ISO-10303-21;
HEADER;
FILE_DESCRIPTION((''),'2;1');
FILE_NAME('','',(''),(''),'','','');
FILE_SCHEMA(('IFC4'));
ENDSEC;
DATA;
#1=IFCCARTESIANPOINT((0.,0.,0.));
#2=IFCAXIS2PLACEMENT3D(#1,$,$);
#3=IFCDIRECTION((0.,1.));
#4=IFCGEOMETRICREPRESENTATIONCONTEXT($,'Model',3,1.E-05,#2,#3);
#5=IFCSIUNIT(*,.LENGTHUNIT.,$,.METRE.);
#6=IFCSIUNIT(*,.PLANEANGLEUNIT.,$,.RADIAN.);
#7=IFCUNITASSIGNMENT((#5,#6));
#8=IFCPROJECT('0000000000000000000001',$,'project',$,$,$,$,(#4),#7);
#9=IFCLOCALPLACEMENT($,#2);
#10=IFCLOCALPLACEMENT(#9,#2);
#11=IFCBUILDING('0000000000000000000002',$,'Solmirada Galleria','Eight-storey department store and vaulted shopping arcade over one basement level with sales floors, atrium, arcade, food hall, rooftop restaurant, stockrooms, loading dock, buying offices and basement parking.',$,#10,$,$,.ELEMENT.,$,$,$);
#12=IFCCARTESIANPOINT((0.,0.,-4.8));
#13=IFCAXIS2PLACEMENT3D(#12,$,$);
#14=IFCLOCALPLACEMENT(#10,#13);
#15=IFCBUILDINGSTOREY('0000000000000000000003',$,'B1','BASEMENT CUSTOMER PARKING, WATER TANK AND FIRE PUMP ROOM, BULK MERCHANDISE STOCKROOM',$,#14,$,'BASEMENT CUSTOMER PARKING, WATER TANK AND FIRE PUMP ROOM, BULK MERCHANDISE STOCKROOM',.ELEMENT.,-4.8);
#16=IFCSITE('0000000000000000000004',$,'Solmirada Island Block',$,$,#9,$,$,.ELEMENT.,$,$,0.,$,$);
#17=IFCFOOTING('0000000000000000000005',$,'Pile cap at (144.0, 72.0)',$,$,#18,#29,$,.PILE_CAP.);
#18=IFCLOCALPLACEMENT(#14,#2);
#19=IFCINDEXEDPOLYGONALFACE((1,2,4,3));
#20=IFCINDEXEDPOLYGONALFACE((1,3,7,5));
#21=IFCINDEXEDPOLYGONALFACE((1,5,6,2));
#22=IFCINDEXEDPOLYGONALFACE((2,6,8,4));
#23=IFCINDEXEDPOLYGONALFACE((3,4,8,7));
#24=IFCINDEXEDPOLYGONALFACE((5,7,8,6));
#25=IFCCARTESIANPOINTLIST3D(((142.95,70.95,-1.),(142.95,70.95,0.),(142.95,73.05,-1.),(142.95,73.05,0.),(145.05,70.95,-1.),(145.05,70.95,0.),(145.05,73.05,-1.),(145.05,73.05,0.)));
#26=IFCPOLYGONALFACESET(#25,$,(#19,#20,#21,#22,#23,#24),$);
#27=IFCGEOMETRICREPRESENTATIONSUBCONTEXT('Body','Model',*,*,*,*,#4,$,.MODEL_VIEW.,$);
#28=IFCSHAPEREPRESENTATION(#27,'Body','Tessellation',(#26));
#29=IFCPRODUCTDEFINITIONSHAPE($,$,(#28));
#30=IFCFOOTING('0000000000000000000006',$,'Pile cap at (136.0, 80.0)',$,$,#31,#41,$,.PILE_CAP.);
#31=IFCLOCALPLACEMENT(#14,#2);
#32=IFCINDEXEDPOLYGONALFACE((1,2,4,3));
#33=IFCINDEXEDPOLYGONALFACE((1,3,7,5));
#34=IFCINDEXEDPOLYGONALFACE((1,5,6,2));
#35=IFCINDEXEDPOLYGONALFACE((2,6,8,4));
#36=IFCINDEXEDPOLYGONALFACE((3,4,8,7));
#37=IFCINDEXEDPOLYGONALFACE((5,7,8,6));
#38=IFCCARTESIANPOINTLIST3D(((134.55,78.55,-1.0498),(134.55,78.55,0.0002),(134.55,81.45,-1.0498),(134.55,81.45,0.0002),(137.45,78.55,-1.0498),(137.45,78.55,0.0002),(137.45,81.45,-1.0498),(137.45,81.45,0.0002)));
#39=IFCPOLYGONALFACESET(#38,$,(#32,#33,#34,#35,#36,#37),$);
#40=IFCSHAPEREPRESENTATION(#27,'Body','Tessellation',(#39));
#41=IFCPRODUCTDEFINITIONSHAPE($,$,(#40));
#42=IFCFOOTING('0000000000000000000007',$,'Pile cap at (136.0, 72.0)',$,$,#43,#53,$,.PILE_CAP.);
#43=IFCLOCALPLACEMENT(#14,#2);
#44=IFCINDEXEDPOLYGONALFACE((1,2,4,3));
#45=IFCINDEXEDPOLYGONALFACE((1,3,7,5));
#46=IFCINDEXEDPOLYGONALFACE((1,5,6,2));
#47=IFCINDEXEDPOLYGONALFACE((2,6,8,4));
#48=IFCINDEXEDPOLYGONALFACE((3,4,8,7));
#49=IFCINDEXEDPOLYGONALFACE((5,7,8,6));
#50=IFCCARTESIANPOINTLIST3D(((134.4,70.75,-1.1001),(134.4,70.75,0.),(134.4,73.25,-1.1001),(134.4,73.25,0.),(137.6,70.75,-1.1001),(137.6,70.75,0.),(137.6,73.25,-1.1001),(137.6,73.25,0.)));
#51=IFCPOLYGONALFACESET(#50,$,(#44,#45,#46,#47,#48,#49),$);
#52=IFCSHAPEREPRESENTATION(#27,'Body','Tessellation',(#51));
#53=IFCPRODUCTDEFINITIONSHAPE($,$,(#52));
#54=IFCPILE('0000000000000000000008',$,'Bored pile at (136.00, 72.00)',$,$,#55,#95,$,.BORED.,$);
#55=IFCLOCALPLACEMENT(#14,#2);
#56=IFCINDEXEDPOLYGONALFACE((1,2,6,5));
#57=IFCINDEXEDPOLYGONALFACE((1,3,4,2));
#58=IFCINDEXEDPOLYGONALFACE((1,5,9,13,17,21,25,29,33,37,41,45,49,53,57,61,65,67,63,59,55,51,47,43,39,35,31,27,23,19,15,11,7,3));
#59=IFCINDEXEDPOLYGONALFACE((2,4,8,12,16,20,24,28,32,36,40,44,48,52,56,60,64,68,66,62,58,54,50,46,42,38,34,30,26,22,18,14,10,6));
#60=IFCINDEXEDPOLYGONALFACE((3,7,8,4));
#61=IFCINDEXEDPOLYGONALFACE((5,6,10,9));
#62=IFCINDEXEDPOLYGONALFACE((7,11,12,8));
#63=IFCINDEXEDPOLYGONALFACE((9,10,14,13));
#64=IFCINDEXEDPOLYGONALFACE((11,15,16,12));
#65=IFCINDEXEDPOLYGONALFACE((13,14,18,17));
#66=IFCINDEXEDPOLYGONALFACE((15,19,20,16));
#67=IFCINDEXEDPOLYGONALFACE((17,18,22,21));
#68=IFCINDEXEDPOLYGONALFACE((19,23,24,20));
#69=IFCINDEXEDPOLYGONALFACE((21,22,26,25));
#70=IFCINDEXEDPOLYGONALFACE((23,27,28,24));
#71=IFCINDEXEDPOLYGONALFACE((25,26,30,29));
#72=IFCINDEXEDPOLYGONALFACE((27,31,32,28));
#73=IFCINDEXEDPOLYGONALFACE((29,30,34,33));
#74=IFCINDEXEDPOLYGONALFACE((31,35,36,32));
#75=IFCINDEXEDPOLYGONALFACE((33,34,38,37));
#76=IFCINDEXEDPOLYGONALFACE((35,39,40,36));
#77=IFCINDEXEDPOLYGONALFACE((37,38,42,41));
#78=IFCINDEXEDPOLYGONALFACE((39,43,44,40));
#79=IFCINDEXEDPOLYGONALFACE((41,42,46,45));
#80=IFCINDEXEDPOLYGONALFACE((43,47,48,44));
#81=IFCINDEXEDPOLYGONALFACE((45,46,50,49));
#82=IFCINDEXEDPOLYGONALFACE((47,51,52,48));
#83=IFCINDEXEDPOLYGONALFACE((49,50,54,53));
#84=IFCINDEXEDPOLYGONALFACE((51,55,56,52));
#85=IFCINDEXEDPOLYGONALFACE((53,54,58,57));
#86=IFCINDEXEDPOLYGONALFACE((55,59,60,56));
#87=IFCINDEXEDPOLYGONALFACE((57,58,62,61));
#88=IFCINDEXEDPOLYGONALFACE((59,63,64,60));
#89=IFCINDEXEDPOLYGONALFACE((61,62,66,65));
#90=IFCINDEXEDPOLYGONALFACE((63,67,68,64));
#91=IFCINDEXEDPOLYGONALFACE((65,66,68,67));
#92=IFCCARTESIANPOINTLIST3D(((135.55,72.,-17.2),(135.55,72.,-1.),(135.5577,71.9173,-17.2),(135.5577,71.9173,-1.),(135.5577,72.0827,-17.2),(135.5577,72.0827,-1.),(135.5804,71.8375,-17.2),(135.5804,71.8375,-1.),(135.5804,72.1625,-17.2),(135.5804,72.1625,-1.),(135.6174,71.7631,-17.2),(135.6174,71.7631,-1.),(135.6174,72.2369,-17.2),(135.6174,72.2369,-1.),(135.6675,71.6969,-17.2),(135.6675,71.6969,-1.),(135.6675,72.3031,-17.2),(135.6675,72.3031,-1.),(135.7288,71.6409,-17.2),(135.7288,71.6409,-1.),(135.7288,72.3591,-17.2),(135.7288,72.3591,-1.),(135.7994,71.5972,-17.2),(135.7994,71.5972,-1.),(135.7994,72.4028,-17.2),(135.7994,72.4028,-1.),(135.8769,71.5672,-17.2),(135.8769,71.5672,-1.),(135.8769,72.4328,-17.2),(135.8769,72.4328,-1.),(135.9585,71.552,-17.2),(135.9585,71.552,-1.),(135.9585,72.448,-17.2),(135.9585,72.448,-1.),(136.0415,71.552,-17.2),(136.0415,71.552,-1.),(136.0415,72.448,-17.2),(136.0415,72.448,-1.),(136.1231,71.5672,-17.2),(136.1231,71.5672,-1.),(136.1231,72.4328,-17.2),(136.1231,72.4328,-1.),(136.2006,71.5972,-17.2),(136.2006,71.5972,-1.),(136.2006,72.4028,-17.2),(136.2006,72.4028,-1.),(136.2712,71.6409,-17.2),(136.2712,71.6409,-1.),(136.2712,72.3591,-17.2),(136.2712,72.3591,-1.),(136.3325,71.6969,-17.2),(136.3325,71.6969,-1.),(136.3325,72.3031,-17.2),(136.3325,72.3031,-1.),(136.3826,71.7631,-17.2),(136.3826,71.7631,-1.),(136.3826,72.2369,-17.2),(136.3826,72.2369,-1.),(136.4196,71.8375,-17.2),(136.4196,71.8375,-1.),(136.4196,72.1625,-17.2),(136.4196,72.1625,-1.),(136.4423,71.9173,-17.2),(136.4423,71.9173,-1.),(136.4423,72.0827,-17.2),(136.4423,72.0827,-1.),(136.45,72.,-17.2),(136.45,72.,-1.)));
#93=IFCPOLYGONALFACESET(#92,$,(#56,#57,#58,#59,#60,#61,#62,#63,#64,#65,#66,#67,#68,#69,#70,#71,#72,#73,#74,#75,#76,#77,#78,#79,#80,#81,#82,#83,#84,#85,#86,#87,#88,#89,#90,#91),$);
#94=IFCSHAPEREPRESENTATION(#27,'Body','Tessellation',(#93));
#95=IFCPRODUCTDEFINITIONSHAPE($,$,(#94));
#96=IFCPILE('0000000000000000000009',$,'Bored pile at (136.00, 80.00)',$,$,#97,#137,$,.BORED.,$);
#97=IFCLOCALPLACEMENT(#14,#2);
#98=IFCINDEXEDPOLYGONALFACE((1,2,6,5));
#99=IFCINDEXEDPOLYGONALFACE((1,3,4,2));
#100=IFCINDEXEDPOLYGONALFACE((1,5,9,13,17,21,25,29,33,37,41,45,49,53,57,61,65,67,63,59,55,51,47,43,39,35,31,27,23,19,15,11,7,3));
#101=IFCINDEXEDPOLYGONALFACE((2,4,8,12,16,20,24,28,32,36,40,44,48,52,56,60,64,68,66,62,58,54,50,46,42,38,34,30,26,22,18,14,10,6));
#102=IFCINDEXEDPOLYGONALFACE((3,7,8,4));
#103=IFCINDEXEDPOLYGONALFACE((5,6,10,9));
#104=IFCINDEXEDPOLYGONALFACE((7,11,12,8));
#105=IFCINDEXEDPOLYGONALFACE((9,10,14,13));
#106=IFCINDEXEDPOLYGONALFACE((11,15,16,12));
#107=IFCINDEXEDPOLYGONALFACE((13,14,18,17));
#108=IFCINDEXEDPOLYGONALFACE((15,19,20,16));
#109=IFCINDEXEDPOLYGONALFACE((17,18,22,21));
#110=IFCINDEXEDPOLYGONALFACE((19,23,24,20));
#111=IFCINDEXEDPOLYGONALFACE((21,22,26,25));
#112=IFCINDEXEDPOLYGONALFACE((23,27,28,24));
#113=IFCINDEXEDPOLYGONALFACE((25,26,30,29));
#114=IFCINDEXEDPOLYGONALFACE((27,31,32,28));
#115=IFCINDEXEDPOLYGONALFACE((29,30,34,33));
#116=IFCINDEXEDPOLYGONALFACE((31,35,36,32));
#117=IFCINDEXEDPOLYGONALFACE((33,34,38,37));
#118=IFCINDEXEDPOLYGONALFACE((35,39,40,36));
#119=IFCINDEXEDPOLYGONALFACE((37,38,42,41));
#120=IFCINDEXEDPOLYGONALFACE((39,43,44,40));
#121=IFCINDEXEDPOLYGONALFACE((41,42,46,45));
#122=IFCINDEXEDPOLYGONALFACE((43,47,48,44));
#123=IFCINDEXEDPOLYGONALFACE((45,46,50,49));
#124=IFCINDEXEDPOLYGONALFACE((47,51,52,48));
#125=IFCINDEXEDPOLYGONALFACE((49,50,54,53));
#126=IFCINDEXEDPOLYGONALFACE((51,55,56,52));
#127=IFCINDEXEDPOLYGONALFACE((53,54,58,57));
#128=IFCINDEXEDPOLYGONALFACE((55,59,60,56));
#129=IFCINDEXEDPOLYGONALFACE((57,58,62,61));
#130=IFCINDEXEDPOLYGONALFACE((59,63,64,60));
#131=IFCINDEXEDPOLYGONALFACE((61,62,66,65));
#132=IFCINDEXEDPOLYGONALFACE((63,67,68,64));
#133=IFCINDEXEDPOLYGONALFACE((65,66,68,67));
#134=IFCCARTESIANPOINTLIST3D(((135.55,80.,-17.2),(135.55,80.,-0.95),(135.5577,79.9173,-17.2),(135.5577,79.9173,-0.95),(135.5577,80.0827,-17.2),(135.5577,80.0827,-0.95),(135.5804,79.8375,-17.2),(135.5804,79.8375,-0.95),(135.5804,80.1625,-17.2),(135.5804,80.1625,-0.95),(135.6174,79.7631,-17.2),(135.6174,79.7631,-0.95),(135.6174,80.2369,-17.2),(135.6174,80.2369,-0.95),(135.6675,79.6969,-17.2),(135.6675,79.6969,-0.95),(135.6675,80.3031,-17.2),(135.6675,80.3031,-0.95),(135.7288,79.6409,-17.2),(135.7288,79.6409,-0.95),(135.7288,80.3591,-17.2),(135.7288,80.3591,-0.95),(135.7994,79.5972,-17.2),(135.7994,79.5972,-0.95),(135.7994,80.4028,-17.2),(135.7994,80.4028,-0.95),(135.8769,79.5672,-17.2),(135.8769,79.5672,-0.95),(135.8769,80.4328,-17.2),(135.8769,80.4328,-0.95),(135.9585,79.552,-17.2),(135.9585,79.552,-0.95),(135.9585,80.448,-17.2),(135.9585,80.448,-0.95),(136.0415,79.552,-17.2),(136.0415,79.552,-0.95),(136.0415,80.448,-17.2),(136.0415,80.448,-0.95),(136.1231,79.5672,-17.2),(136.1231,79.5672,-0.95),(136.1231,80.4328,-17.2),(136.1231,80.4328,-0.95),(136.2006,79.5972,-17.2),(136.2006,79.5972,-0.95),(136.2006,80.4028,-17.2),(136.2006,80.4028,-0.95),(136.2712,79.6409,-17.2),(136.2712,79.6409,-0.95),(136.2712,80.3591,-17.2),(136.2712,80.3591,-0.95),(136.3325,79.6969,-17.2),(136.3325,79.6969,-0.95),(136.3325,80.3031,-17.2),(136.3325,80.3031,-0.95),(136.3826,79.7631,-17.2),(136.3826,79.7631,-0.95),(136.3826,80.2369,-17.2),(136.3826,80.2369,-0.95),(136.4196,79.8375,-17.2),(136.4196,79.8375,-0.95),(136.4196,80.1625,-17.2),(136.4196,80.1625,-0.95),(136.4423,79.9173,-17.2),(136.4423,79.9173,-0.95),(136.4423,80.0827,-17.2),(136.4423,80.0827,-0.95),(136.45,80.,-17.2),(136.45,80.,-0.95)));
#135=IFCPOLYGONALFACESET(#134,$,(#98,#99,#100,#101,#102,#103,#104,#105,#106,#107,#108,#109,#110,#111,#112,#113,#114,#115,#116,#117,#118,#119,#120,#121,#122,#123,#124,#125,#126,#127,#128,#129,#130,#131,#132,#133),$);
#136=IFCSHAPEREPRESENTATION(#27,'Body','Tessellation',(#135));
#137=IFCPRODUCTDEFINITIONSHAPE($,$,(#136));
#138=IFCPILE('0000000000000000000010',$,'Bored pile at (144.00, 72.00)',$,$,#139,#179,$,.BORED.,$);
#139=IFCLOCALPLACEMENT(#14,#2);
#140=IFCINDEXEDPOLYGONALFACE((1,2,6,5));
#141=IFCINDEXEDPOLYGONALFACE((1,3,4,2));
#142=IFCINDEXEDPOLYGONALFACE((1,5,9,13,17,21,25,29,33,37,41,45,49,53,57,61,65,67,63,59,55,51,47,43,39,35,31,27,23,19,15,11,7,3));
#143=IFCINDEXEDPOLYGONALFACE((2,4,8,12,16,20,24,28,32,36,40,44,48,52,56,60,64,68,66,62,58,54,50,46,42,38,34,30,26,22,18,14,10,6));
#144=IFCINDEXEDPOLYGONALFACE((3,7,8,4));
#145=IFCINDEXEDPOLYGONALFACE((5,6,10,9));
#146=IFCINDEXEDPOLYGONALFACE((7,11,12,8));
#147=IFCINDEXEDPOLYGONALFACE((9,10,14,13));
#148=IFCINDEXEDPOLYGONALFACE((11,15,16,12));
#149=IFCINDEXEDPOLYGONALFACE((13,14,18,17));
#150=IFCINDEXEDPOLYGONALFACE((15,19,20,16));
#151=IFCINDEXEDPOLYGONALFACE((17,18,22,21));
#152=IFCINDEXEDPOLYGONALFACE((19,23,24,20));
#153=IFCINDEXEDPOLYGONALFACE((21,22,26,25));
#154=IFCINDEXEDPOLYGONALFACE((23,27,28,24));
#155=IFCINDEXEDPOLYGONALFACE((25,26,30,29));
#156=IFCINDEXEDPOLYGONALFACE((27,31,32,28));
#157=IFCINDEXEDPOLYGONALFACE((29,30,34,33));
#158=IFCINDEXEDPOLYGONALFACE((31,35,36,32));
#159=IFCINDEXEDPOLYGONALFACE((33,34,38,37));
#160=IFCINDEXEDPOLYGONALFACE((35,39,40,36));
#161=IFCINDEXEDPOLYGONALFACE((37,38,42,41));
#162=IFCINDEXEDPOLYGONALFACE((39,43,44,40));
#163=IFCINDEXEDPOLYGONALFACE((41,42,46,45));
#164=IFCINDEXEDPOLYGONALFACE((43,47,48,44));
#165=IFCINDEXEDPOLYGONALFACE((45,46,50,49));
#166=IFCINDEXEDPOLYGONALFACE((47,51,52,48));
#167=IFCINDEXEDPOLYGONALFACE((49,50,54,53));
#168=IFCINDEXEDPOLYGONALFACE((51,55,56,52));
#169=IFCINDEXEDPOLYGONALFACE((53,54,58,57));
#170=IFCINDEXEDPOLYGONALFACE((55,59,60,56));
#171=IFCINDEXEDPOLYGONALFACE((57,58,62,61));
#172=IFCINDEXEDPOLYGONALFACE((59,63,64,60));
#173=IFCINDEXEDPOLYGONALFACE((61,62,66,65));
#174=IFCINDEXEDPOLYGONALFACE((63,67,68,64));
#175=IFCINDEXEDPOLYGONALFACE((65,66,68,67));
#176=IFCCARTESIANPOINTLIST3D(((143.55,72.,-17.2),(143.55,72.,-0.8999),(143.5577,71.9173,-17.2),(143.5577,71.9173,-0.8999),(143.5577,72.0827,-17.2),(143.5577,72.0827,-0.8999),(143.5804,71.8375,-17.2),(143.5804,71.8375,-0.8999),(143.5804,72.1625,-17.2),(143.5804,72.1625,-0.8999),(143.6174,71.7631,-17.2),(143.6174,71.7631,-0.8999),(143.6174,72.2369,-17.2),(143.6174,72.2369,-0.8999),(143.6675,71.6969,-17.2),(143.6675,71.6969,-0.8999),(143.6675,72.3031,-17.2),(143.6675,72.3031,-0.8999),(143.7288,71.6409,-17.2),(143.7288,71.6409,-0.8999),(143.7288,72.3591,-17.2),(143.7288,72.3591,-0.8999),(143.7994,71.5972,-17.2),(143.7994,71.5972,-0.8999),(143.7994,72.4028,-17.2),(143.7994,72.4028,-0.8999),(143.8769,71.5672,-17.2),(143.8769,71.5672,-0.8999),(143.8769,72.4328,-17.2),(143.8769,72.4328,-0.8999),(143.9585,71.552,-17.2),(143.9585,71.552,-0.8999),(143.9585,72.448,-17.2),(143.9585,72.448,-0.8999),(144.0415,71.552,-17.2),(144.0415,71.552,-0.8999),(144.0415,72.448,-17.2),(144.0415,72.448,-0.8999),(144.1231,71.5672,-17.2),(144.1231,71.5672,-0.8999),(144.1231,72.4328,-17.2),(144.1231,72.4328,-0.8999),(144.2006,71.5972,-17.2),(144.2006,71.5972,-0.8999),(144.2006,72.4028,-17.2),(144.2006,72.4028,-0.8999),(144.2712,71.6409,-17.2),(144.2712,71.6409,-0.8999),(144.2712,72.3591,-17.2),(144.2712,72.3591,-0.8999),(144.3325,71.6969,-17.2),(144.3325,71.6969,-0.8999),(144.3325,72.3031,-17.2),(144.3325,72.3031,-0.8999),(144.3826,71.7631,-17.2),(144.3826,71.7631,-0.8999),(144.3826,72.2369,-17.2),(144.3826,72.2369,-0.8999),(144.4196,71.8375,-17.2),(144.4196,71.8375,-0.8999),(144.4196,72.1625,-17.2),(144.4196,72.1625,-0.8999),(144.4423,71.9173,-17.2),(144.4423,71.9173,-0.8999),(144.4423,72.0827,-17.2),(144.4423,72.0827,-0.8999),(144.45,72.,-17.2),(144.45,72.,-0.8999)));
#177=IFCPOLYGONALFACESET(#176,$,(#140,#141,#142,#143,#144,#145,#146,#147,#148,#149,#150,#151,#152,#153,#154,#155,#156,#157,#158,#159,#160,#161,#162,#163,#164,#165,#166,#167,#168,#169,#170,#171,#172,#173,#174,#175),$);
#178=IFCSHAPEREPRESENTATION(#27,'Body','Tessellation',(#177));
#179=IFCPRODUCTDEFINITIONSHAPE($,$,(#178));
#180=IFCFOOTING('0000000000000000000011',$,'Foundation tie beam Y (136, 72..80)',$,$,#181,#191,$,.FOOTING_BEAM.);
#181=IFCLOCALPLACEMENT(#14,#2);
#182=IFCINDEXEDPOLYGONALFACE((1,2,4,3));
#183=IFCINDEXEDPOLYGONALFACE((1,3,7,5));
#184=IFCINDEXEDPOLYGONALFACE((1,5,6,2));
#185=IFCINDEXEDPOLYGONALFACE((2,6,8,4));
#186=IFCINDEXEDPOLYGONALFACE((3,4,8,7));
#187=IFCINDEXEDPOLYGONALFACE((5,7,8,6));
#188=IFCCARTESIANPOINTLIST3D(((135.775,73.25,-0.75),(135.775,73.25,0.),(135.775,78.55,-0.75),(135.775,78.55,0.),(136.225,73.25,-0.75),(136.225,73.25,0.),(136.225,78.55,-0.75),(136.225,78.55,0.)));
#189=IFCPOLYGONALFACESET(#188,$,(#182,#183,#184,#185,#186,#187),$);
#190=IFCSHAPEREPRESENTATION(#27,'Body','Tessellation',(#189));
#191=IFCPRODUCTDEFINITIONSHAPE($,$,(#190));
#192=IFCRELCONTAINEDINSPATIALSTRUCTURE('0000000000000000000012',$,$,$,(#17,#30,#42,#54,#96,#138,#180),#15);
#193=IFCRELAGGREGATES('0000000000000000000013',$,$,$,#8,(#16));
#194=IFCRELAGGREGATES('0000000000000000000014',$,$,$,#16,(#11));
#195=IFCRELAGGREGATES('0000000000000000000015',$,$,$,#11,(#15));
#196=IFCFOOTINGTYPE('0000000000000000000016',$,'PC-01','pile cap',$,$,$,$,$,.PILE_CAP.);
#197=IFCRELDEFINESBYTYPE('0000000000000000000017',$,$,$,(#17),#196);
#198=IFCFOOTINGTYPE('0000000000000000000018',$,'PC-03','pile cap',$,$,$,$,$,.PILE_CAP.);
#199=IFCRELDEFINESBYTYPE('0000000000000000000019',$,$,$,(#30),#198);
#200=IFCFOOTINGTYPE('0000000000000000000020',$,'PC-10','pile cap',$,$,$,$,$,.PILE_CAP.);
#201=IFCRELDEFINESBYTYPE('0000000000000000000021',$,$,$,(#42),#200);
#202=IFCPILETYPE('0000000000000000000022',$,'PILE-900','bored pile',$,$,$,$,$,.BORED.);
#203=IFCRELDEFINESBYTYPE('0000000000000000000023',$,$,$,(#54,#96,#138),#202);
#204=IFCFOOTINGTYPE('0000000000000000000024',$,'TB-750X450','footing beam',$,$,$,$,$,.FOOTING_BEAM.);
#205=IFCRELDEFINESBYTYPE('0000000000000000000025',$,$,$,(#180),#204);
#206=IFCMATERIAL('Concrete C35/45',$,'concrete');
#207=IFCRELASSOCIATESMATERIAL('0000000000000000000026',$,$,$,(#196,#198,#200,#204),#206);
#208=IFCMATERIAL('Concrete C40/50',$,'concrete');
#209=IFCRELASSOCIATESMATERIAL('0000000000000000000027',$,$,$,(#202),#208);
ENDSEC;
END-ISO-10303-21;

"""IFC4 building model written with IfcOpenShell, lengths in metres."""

from ifc_helpers import new_model, si_unit, direction, frame, origin, origin_2d, place, context, subcontext, project, spatial, rectangle, circle, extrude, material, material_profile, profile_set, type_object, element, save


model = new_model("IFC4")

# Units and contexts
model_context = context("Model", 3, precision=1e-05, world=origin(), true_north=direction((0.0, 1.0)))
body_context = subcontext(model_context, "Body", "Model", "MODEL_VIEW")
ifc_project = project(units=[si_unit("LENGTHUNIT", "METRE"), si_unit("PLANEANGLEUNIT", "RADIAN")], contexts=[model_context])

# Site, building, storey
site_placement = place(None, origin())
site = spatial("IfcSite", under=ifc_project, at=site_placement, Name="Solmirada Island Block", CompositionType="ELEMENT", RefElevation=0.0)
building_placement = place(site_placement, origin())
building = spatial("IfcBuilding", under=site, at=building_placement, Name="Solmirada Galleria", Description="Eight-storey department store and vaulted shopping arcade over one basement level with sales floors, atrium, arcade, food hall, rooftop restaurant, stockrooms, loading dock, buying offices and basement parking.", CompositionType="ELEMENT")
storey_placement = place(building_placement, frame((0.0, 0.0, -4.8)))
storey = spatial("IfcBuildingStorey", under=building, at=storey_placement, Name="B1", Description="BASEMENT CUSTOMER PARKING, WATER TANK AND FIRE PUMP ROOM, BULK MERCHANDISE STOCKROOM", LongName="BASEMENT CUSTOMER PARKING, WATER TANK AND FIRE PUMP ROOM, BULK MERCHANDISE STOCKROOM", CompositionType="ELEMENT", Elevation=-4.8)

# Footings
ifc_material_1 = material(Name="Concrete C35/45", Category="concrete")
footing_type_1 = type_object("IfcFootingType", Name="PC-01", Description="pile cap", PredefinedType="PILE_CAP", material=ifc_material_1)
footing_1_placement = place(storey_placement, frame((144.0, 72.0, -1.0), z_axis=(0.0, 0.0, 1.0), x_axis=(1.0, 0.0, 0.0)))
element("IfcFooting", 1, at=footing_1_placement, inside=storey, type_object=footing_type_1, Name="Pile cap at (144.0, 72.0)", PredefinedType="PILE_CAP", context=body_context, shape_type="SweptSolid", body=[
    extrude(rectangle(XDim=2.1001, YDim=2.1001, at=origin_2d()), origin(), (0.0, 0.0, 1.0), 1.0),
])
footing_type_2 = type_object("IfcFootingType", Name="PC-03", Description="pile cap", PredefinedType="PILE_CAP", material=ifc_material_1)
footing_2_placement = place(storey_placement, frame((136.0, 80.0, -1.0498), z_axis=(0.0, 0.0, 1.0), x_axis=(1.0, 0.0, 0.0)))
element("IfcFooting", 2, at=footing_2_placement, inside=storey, type_object=footing_type_2, Name="Pile cap at (136.0, 80.0)", PredefinedType="PILE_CAP", context=body_context, shape_type="SweptSolid", body=[
    extrude(rectangle(XDim=2.8999, YDim=2.8999, at=origin_2d()), origin(), (0.0, 0.0, 1.0), 1.05),
])
footing_type_3 = type_object("IfcFootingType", Name="PC-10", Description="pile cap", PredefinedType="PILE_CAP", material=ifc_material_1)
footing_3_placement = place(storey_placement, frame((136.0, 72.0, -1.1001), z_axis=(0.0, 0.0, 1.0), x_axis=(1.0, 0.0, 0.0)))
element("IfcFooting", 3, at=footing_3_placement, inside=storey, type_object=footing_type_3, Name="Pile cap at (136.0, 72.0)", PredefinedType="PILE_CAP", context=body_context, shape_type="SweptSolid", body=[
    extrude(rectangle(XDim=3.2, YDim=2.5, at=origin_2d()), origin(), (0.0, 0.0, 1.0), 1.1001),
])

# Piles
ifc_material_2 = material(Name="Concrete C40/50", Category="concrete")
ifc_material_profile_1 = material_profile(ifc_material_2, circle(Radius=0.45, at=origin_2d()), Name="PILE900")
ifc_profile_set_1 = profile_set([ifc_material_profile_1], Name="Concrete C40/50")
pile_type = type_object("IfcPileType", Name="PILE-900", Description="bored pile", PredefinedType="BORED", material=ifc_profile_set_1)
pile_1_placement = place(storey_placement, frame((136.0, 72.0, -1.0), z_axis=(0.0, 0.0, -1.0), x_axis=(1.0, 0.0, 0.0)))
element("IfcPile", 4, at=pile_1_placement, inside=storey, type_object=pile_type, Name="Bored pile at (136.00, 72.00)", PredefinedType="BORED", context=body_context, shape_type="SweptSolid", body=[
    extrude(circle(Radius=0.45, at=origin_2d()), origin(), (0.0, 0.0, 1.0), 16.2),
])
pile_2_placement = place(storey_placement, frame((136.0, 80.0, -0.95), z_axis=(0.0, 0.0, -1.0), x_axis=(1.0, 0.0, 0.0)))
element("IfcPile", 5, at=pile_2_placement, inside=storey, type_object=pile_type, Name="Bored pile at (136.00, 80.00)", PredefinedType="BORED", context=body_context, shape_type="SweptSolid", body=[
    extrude(circle(Radius=0.45, at=origin_2d()), origin(), (0.0, 0.0, 1.0), 16.25),
])
pile_3_placement = place(storey_placement, frame((144.0, 72.0, -0.8999), z_axis=(0.0, 0.0, -1.0), x_axis=(1.0, 0.0, 0.0)))
element("IfcPile", 6, at=pile_3_placement, inside=storey, type_object=pile_type, Name="Bored pile at (144.00, 72.00)", PredefinedType="BORED", context=body_context, shape_type="SweptSolid", body=[
    extrude(circle(Radius=0.45, at=origin_2d()), origin(), (0.0, 0.0, 1.0), 16.3),
])

# Footing
ifc_material_profile_2 = material_profile(ifc_material_1, rectangle(XDim=0.45, YDim=0.75, at=origin_2d()), Name="RC750X450")
ifc_profile_set_2 = profile_set([ifc_material_profile_2], Name="Concrete C35/45")
footing_type_4 = type_object("IfcFootingType", Name="TB-750X450", Description="footing beam", PredefinedType="FOOTING_BEAM", material=ifc_profile_set_2)
footing_4_placement = place(storey_placement, frame((136.0, 73.25, -0.375), z_axis=(0.0, 1.0, 0.0), x_axis=(-1.0, 0.0, 0.0)))
element("IfcFooting", 7, at=footing_4_placement, inside=storey, type_object=footing_type_4, Name="Foundation tie beam Y (136, 72..80)", PredefinedType="FOOTING_BEAM", context=body_context, shape_type="SweptSolid", body=[
    extrude(rectangle(XDim=0.45, YDim=0.75, at=origin_2d()), origin(), (0.0, 0.0, 1.0), 5.3),
])

save(model, "model.ifc")
